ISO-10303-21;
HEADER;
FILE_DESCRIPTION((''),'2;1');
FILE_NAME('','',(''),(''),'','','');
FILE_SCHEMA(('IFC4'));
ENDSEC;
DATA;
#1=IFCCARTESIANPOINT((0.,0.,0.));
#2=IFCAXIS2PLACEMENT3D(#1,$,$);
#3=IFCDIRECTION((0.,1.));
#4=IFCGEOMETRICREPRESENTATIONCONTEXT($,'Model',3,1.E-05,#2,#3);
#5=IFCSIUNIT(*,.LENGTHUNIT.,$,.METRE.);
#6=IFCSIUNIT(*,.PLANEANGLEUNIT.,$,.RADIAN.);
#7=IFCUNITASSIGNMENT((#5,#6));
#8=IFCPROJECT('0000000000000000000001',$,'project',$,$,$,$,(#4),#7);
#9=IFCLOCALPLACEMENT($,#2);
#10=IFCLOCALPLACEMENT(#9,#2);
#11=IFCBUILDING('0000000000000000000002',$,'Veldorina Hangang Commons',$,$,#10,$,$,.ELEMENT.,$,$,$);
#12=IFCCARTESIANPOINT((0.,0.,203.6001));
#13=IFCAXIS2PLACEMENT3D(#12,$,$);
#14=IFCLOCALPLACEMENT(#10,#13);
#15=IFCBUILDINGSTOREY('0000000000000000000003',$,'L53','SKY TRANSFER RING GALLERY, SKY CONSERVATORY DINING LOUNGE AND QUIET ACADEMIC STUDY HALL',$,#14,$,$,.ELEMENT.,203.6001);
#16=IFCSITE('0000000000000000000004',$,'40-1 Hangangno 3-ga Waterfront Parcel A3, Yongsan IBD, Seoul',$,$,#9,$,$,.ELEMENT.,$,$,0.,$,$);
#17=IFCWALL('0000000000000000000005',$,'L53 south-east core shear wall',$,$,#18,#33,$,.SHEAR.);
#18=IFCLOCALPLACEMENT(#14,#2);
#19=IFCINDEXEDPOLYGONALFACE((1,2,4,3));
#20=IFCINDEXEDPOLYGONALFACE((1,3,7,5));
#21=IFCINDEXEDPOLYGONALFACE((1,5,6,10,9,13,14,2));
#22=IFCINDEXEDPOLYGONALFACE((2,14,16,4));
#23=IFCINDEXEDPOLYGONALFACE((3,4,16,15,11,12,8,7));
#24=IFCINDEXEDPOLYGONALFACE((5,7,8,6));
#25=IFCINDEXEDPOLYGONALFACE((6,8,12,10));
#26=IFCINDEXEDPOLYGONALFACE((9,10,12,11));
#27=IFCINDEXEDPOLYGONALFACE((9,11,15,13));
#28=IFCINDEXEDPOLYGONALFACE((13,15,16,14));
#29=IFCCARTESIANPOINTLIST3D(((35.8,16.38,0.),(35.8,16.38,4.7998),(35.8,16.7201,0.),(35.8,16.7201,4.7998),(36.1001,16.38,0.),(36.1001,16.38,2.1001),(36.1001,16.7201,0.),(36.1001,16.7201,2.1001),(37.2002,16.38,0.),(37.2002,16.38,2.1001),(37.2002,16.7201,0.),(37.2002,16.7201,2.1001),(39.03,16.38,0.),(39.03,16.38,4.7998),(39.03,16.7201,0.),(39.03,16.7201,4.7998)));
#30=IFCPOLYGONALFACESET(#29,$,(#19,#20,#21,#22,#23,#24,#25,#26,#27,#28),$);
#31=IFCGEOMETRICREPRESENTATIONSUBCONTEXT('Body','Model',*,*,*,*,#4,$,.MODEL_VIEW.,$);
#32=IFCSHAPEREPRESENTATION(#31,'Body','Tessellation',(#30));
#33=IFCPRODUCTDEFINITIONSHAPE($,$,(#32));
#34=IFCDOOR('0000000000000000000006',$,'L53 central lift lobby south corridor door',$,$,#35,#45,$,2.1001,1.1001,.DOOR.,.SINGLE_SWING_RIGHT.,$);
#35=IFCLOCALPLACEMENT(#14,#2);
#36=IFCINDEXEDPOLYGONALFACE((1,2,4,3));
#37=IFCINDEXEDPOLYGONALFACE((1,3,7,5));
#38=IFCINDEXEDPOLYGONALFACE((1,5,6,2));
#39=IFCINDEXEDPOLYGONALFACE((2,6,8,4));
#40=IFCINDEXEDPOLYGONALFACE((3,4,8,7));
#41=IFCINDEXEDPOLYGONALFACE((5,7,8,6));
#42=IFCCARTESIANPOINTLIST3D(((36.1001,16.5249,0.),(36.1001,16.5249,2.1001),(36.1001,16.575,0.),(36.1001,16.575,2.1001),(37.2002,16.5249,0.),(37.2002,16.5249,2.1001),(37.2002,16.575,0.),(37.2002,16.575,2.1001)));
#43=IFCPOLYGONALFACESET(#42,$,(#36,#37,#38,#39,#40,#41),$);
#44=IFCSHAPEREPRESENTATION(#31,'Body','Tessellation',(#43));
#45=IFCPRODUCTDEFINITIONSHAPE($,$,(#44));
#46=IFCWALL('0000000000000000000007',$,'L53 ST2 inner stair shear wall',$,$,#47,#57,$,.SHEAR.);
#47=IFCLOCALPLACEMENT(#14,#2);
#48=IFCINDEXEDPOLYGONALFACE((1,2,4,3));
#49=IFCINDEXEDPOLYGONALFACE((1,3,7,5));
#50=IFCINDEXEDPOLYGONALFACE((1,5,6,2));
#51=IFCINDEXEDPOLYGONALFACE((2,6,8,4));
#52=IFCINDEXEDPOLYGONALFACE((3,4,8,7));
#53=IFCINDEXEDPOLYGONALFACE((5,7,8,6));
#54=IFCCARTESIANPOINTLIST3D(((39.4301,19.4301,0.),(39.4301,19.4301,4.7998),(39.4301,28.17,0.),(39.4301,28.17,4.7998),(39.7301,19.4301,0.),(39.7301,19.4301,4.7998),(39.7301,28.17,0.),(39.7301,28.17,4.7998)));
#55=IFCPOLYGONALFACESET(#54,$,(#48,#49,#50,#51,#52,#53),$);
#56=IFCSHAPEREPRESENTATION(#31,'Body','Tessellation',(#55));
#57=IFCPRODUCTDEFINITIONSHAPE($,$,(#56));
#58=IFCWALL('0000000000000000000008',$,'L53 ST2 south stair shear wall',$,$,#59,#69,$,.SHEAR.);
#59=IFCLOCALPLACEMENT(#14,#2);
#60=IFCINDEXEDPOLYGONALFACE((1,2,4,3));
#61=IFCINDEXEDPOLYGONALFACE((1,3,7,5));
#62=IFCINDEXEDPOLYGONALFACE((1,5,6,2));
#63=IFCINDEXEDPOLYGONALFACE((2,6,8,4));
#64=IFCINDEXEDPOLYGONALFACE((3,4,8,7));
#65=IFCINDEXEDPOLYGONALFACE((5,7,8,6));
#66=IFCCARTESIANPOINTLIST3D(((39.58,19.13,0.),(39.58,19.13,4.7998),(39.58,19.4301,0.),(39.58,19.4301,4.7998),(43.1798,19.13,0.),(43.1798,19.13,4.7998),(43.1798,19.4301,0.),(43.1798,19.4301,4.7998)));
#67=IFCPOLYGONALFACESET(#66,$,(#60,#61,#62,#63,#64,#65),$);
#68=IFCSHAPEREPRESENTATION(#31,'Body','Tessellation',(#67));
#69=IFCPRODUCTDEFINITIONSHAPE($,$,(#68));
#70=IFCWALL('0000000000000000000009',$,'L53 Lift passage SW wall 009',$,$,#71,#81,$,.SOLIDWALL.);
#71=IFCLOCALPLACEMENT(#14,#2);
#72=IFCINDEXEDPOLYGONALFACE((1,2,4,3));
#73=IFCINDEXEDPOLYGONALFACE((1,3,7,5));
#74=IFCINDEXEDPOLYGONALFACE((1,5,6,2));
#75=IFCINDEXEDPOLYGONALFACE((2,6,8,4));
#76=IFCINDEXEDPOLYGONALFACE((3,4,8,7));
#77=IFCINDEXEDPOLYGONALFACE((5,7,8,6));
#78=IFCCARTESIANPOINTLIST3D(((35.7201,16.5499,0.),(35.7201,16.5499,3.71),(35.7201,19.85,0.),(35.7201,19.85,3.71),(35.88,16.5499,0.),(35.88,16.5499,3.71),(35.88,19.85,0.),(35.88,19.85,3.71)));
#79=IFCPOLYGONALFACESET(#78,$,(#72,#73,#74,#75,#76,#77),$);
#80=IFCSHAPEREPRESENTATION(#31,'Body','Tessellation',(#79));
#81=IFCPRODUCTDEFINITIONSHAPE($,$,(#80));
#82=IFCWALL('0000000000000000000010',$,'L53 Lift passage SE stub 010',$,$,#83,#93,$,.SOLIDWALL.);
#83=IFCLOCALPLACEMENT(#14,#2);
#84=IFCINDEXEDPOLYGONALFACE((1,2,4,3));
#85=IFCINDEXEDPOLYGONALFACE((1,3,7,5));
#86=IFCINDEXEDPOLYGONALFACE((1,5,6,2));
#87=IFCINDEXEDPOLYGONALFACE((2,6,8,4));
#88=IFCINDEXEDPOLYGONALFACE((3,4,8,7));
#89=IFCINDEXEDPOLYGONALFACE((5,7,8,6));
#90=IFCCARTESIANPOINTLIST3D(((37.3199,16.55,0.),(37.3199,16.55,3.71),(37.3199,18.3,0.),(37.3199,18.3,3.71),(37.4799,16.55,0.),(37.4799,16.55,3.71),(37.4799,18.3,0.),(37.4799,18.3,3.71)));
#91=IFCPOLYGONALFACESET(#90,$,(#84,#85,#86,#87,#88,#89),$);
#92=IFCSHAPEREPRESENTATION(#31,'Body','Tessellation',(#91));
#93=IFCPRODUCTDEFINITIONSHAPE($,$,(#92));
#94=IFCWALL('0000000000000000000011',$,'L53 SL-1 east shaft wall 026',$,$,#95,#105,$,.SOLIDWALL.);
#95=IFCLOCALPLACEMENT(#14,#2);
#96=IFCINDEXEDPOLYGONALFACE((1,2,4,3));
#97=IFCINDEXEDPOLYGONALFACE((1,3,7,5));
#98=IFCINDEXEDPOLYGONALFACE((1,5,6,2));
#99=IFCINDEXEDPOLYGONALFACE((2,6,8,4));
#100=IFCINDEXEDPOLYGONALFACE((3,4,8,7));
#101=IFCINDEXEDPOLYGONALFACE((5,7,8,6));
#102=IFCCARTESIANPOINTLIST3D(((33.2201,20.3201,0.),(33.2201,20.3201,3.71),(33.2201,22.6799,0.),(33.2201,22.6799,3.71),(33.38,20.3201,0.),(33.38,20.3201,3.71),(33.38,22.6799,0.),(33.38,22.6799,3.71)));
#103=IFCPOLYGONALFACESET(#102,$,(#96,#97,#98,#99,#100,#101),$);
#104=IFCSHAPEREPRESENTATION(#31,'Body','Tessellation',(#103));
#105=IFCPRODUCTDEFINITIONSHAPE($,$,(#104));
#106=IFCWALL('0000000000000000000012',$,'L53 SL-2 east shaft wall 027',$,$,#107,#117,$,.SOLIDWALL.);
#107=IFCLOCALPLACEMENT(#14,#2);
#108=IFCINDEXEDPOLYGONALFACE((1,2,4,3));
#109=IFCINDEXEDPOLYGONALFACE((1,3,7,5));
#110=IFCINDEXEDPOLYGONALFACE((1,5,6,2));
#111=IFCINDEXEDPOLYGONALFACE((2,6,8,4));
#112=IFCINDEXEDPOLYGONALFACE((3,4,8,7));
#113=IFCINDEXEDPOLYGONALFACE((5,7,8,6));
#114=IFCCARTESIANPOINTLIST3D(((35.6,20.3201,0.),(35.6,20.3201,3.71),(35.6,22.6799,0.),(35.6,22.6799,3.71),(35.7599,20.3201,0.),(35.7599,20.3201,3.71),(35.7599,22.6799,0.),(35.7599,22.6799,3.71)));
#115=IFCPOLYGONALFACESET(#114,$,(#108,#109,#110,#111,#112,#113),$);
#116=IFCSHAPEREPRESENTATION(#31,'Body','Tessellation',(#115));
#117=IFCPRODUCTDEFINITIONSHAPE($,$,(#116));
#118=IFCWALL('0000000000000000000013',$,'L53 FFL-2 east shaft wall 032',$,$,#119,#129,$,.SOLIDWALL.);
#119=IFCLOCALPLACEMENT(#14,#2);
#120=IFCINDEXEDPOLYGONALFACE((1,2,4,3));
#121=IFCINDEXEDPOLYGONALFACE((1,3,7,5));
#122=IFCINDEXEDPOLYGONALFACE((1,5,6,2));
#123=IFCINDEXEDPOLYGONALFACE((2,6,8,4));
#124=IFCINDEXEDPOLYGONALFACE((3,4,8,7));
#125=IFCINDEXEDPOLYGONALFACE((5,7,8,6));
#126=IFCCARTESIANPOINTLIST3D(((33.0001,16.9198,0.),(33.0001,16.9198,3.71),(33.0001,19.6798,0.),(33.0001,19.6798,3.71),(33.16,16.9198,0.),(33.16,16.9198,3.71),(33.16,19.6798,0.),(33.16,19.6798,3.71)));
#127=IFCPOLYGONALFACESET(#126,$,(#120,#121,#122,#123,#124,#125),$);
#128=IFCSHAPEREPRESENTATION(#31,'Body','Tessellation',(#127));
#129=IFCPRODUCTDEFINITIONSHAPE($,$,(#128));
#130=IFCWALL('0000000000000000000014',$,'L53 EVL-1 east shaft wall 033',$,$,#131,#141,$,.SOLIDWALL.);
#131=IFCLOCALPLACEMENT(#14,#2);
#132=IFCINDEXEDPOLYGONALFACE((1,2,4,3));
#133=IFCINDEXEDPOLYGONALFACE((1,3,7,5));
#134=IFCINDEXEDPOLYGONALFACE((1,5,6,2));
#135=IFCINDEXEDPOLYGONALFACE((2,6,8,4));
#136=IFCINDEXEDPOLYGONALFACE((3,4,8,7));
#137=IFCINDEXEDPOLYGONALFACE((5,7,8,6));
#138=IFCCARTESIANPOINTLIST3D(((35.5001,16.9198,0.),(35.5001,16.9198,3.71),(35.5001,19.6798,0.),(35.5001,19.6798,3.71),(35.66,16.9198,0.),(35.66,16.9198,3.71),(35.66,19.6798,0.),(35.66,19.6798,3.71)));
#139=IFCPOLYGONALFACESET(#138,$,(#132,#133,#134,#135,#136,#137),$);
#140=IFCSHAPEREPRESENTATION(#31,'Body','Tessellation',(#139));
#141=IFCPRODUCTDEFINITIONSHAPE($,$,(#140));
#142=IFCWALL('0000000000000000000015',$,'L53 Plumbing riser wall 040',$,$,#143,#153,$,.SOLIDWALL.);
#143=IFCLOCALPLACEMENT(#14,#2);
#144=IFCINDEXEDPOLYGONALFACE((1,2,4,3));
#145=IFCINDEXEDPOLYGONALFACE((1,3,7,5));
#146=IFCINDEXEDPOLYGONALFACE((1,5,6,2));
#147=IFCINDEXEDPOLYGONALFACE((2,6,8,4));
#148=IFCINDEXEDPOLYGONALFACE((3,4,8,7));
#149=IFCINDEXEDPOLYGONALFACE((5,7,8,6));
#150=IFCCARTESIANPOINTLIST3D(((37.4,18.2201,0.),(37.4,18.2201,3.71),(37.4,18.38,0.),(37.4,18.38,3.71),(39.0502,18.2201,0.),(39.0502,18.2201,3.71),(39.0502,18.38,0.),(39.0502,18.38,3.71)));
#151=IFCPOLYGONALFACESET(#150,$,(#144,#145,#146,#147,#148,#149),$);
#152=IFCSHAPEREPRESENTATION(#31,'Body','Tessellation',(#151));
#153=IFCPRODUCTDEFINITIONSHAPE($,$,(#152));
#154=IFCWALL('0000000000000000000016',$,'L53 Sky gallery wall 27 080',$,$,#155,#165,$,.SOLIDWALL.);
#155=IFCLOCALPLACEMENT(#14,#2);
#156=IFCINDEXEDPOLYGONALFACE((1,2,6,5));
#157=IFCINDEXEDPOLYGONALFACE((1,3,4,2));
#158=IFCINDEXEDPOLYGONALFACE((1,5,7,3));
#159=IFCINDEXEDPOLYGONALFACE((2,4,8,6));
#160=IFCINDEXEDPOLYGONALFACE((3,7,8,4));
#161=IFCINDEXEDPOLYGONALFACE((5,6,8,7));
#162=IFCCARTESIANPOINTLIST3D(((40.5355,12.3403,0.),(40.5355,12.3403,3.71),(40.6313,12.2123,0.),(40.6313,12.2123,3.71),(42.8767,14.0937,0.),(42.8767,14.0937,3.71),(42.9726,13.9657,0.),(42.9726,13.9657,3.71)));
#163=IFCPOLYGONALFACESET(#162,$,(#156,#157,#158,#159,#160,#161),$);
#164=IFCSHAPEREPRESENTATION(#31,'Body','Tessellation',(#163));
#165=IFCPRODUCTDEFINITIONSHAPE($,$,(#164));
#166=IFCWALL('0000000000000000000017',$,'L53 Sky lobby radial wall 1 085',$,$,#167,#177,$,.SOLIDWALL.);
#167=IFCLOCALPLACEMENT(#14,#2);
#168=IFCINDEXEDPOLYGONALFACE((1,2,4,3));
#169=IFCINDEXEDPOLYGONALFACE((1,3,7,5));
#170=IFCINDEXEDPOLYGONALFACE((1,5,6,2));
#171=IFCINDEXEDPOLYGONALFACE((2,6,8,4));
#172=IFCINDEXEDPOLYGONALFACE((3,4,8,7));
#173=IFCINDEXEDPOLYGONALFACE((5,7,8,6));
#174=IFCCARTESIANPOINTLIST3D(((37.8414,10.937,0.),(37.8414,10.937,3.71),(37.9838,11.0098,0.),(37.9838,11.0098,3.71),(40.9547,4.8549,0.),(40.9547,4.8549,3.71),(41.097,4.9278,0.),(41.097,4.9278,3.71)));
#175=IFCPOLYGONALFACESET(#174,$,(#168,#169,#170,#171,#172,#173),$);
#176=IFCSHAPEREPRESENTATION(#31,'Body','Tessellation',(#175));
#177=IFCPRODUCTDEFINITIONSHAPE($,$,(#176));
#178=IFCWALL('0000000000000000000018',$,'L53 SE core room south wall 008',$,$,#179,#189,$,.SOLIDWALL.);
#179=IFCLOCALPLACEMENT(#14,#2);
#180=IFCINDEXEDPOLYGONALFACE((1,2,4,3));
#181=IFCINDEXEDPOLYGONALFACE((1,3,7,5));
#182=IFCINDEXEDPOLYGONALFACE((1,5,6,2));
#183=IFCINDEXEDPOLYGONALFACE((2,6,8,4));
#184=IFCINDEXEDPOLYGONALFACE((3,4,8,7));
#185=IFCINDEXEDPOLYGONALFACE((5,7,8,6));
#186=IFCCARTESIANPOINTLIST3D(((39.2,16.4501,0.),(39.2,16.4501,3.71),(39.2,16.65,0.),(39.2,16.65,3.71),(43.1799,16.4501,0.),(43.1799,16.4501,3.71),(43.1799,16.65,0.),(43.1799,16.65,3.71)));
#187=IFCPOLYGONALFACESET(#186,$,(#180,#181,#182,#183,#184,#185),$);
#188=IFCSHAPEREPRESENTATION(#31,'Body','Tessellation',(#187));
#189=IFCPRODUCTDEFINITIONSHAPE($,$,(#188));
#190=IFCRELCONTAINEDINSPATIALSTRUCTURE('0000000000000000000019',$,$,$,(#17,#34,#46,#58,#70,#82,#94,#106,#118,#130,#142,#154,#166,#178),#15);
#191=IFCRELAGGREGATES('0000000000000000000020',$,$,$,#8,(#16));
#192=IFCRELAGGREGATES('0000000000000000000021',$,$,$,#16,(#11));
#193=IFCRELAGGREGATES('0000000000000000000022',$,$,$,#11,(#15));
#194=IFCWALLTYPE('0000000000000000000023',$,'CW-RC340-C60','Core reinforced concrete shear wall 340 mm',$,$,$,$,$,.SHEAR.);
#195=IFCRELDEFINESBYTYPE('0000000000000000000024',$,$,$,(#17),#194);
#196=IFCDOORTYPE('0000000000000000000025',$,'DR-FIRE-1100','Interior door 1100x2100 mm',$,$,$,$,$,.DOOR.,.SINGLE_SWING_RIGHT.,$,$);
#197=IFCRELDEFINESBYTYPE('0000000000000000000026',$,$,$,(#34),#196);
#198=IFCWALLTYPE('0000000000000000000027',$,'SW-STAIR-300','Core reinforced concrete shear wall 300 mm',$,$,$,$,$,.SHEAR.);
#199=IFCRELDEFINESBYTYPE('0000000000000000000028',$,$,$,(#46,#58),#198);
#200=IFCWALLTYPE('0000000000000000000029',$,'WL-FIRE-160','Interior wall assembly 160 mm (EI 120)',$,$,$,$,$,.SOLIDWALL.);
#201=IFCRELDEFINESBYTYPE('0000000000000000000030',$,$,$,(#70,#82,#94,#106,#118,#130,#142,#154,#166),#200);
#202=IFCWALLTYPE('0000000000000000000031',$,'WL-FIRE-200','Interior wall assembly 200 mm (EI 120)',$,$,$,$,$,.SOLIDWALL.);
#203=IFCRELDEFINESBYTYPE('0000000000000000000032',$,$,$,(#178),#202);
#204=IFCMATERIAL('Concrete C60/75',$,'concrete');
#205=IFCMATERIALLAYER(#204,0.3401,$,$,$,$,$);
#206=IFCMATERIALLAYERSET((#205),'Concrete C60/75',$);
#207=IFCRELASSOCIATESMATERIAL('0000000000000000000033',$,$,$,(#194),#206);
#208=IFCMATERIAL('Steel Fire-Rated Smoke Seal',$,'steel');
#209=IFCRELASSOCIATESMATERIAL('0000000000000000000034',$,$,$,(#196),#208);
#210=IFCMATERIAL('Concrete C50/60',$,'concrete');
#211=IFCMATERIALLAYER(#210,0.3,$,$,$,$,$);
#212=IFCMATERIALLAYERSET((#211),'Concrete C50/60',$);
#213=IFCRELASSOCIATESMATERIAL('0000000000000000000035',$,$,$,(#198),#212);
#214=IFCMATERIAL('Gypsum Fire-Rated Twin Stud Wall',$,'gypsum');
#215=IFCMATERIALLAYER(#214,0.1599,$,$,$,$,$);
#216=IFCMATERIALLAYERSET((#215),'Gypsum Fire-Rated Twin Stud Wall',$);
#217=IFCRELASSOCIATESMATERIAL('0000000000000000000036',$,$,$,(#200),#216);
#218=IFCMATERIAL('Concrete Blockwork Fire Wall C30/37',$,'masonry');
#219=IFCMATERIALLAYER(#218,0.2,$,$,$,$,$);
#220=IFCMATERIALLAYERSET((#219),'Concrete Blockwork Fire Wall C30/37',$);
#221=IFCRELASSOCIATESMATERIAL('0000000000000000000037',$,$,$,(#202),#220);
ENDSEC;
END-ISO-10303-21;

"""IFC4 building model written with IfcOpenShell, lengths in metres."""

from ifc_helpers import new_model, si_unit, direction, frame, frame_2d, origin, place, context, subcontext, project, spatial, rectangle, extrude, material, layer, layer_set, type_object, element, fill, save


model = new_model("IFC4")

# Units and contexts
model_context = context("Model", 3, precision=1e-05, world=origin(), true_north=direction((0.0, 1.0)))
body_context = subcontext(model_context, "Body", "Model", "MODEL_VIEW")
ifc_project = project(units=[si_unit("LENGTHUNIT", "METRE"), si_unit("PLANEANGLEUNIT", "RADIAN")], contexts=[model_context])

# Site, building, storey
site_placement = place(None, origin())
site = spatial("IfcSite", under=ifc_project, at=site_placement, Name="40-1 Hangangno 3-ga Waterfront Parcel A3, Yongsan IBD, Seoul", CompositionType="ELEMENT", RefElevation=0.0)
building_placement = place(site_placement, origin())
building = spatial("IfcBuilding", under=site, at=building_placement, Name="Veldorina Hangang Commons", CompositionType="ELEMENT")
storey_placement = place(building_placement, frame((0.0, 0.0, 203.6001)))
storey = spatial("IfcBuildingStorey", under=building, at=storey_placement, Name="L53", Description="SKY TRANSFER RING GALLERY, SKY CONSERVATORY DINING LOUNGE AND QUIET ACADEMIC STUDY HALL", CompositionType="ELEMENT", Elevation=203.6001)

# Shared definitions
ifc_material_1 = material(Name="Concrete C60/75", Category="concrete")

# Shared definitions
ifc_layer_1 = layer(ifc_material_1, 0.3401)
ifc_layer_set_1 = layer_set([ifc_layer_1], Name="Concrete C60/75")
wall_type_1 = type_object("IfcWallType", Name="CW-RC340-C60", Description="Core reinforced concrete shear wall 340 mm", PredefinedType="SHEAR", material=ifc_layer_set_1)

# Wall, opening, door
wall_1_placement = place(storey_placement, frame((35.8, 16.55, 0.0), z_axis=(0.0, 0.0, 1.0), x_axis=(1.0, 0.0, 0.0)))
wall_1 = element("IfcWall", 1, at=wall_1_placement, inside=storey, type_object=wall_type_1, Name="L53 south-east core shear wall", PredefinedType="SHEAR", context=body_context, shape_type="SweptSolid", body=[
    extrude(rectangle(XDim=3.23, YDim=0.3401, at=frame_2d((1.615, 0.0))), origin(), (0.0, 0.0, 1.0), 4.7998),
])
opening_1_placement = place(wall_1_placement, frame((0.3, 0.0, 0.0)))
opening_1 = element("IfcOpeningElement", 2, at=opening_1_placement, cuts=wall_1, PredefinedType="OPENING", context=body_context, shape_type="SweptSolid", body=[
    extrude(rectangle(XDim=1.1001, YDim=2.1001, at=frame_2d((0.55, 1.05))), frame((0.0, 0.1802, 0.0), z_axis=(0.0, -1.0, 0.0), x_axis=(1.0, 0.0, 0.0)), (0.0, 0.0, 1.0), 0.3601),
])
ifc_material_2 = material(Name="Steel Fire-Rated Smoke Seal", Category="steel")
door_type_1 = type_object("IfcDoorType", Name="DR-FIRE-1100", Description="Interior door 1100x2100 mm", OperationType="SINGLE_SWING_RIGHT", PredefinedType="DOOR", material=ifc_material_2)
door_1_placement = place(opening_1_placement, origin())
door_1 = element("IfcDoor", 3, at=door_1_placement, inside=storey, type_object=door_type_1, Name="L53 central lift lobby south corridor door", OperationType="SINGLE_SWING_RIGHT", OverallHeight=2.1001, OverallWidth=1.1001, PredefinedType="DOOR", context=body_context, shape_type="SweptSolid", body=[
    extrude(rectangle(XDim=1.1001, YDim=2.1001, at=frame_2d((0.55, 1.05))), frame((0.0, 0.0249, 0.0), z_axis=(0.0, -1.0, 0.0), x_axis=(1.0, 0.0, 0.0)), (0.0, 0.0, 1.0), 0.05),
])
fill(opening_1, door_1)

# Walls
ifc_material_3 = material(Name="Concrete C50/60", Category="concrete")
ifc_layer_2 = layer(ifc_material_3, 0.3)
ifc_layer_set_2 = layer_set([ifc_layer_2], Name="Concrete C50/60")
wall_type_2 = type_object("IfcWallType", Name="SW-STAIR-300", Description="Core reinforced concrete shear wall 300 mm", PredefinedType="SHEAR", material=ifc_layer_set_2)
wall_2_placement = place(storey_placement, frame((39.5801, 19.4299, 0.0), z_axis=(0.0, 0.0, 1.0), x_axis=(0.0, 1.0, 0.0)))
element("IfcWall", 4, at=wall_2_placement, inside=storey, type_object=wall_type_2, Name="L53 ST2 inner stair shear wall", PredefinedType="SHEAR", context=body_context, shape_type="SweptSolid", body=[
    extrude(rectangle(XDim=8.74, YDim=0.3, at=frame_2d((4.3701, 0.0))), origin(), (0.0, 0.0, 1.0), 4.7998),
])
wall_3_placement = place(storey_placement, frame((39.5801, 19.28, 0.0), z_axis=(0.0, 0.0, 1.0), x_axis=(1.0, 0.0, 0.0)))
element("IfcWall", 5, at=wall_3_placement, inside=storey, type_object=wall_type_2, Name="L53 ST2 south stair shear wall", PredefinedType="SHEAR", context=body_context, shape_type="SweptSolid", body=[
    extrude(rectangle(XDim=3.5999, YDim=0.3, at=frame_2d((1.7998, 0.0))), origin(), (0.0, 0.0, 1.0), 4.7998),
])
ifc_material_4 = material(Name="Gypsum Fire-Rated Twin Stud Wall", Category="gypsum")
ifc_layer_3 = layer(ifc_material_4, 0.1599)
ifc_layer_set_3 = layer_set([ifc_layer_3], Name="Gypsum Fire-Rated Twin Stud Wall")
wall_type_3 = type_object("IfcWallType", Name="WL-FIRE-160", Description="Interior wall assembly 160 mm (EI 120)", PredefinedType="SOLIDWALL", material=ifc_layer_set_3)
wall_4_placement = place(storey_placement, frame((35.8, 16.55, 0.0), z_axis=(0.0, 0.0, 1.0), x_axis=(0.0, 1.0, 0.0)))
element("IfcWall", 6, at=wall_4_placement, inside=storey, type_object=wall_type_3, Name="L53 Lift passage SW wall 009", PredefinedType="SOLIDWALL", context=body_context, shape_type="SweptSolid", body=[
    extrude(rectangle(XDim=3.3, YDim=0.1599, at=frame_2d((1.6499, 0.0))), origin(), (0.0, 0.0, 1.0), 3.71),
])
wall_5_placement = place(storey_placement, frame((37.3999, 16.55, 0.0), z_axis=(0.0, 0.0, 1.0), x_axis=(0.0, 1.0, 0.0)))
element("IfcWall", 7, at=wall_5_placement, inside=storey, type_object=wall_type_3, Name="L53 Lift passage SE stub 010", PredefinedType="SOLIDWALL", context=body_context, shape_type="SweptSolid", body=[
    extrude(rectangle(XDim=1.75, YDim=0.1599, at=frame_2d((0.875, 0.0))), origin(), (0.0, 0.0, 1.0), 3.71),
])
for number, where, z_axis, x_axis, name in (
    (8, (33.3, 20.3201, 0.0), (0.0, 0.0, 1.0), (0.0, 1.0, 0.0), "L53 SL-1 east shaft wall 026"),
    (9, (35.6799, 20.3201, 0.0), (0.0, 0.0, 1.0), (0.0, 1.0, 0.0), "L53 SL-2 east shaft wall 027"),
):
    element("IfcWall", number, at=place(storey_placement, frame(where, z_axis=z_axis, x_axis=x_axis)), inside=storey, type_object=wall_type_3, Name=name, PredefinedType="SOLIDWALL", context=body_context, shape_type="SweptSolid", body=[
        extrude(rectangle(XDim=2.3599, YDim=0.1599, at=frame_2d((1.1799, 0.0))), origin(), (0.0, 0.0, 1.0), 3.71),
    ])
for number, where, z_axis, x_axis, name in (
    (10, (33.0801, 16.9199, 0.0), (0.0, 0.0, 1.0), (0.0, 1.0, 0.0), "L53 FFL-2 east shaft wall 032"),
    (11, (35.5801, 16.9199, 0.0), (0.0, 0.0, 1.0), (0.0, 1.0, 0.0), "L53 EVL-1 east shaft wall 033"),
):
    element("IfcWall", number, at=place(storey_placement, frame(where, z_axis=z_axis, x_axis=x_axis)), inside=storey, type_object=wall_type_3, Name=name, PredefinedType="SOLIDWALL", context=body_context, shape_type="SweptSolid", body=[
        extrude(rectangle(XDim=2.76, YDim=0.1599, at=frame_2d((1.3799, 0.0))), origin(), (0.0, 0.0, 1.0), 3.71),
    ])
wall_6_placement = place(storey_placement, frame((37.3999, 18.3, 0.0), z_axis=(0.0, 0.0, 1.0), x_axis=(1.0, 0.0, 0.0)))
element("IfcWall", 12, at=wall_6_placement, inside=storey, type_object=wall_type_3, Name="L53 Plumbing riser wall 040", PredefinedType="SOLIDWALL", context=body_context, shape_type="SweptSolid", body=[
    extrude(rectangle(XDim=1.6501, YDim=0.1599, at=frame_2d((0.8252, 0.0))), origin(), (0.0, 0.0, 1.0), 3.71),
])
wall_7_placement = place(storey_placement, frame((40.5835, 12.2764, 0.0), z_axis=(0.0, 0.0, 1.0), x_axis=(0.80042, 0.599439, 0.0)))
element("IfcWall", 13, at=wall_7_placement, inside=storey, type_object=wall_type_3, Name="L53 Sky gallery wall 27 080", PredefinedType="SOLIDWALL", context=body_context, shape_type="SweptSolid", body=[
    extrude(rectangle(XDim=2.925, YDim=0.1599, at=frame_2d((1.4624, 0.0))), origin(), (0.0, 0.0, 1.0), 3.71),
])
wall_8_placement = place(storey_placement, frame((37.9126, 10.9734, 0.0), z_axis=(0.0, 0.0, 1.0), x_axis=(0.455655, -0.890156, 0.0)))
element("IfcWall", 14, at=wall_8_placement, inside=storey, type_object=wall_type_3, Name="L53 Sky lobby radial wall 1 085", PredefinedType="SOLIDWALL", context=body_context, shape_type="SweptSolid", body=[
    extrude(rectangle(XDim=6.8325, YDim=0.1599, at=frame_2d((3.4163, 0.0))), origin(), (0.0, 0.0, 1.0), 3.71),
])
ifc_material_5 = material(Name="Concrete Blockwork Fire Wall C30/37", Category="masonry")
ifc_layer_4 = layer(ifc_material_5, 0.2)
ifc_layer_set_4 = layer_set([ifc_layer_4], Name="Concrete Blockwork Fire Wall C30/37")
wall_type_4 = type_object("IfcWallType", Name="WL-FIRE-200", Description="Interior wall assembly 200 mm (EI 120)", PredefinedType="SOLIDWALL", material=ifc_layer_set_4)
wall_9_placement = place(storey_placement, frame((39.2, 16.55, 0.0), z_axis=(0.0, 0.0, 1.0), x_axis=(1.0, 0.0, 0.0)))
element("IfcWall", 15, at=wall_9_placement, inside=storey, type_object=wall_type_4, Name="L53 SE core room south wall 008", PredefinedType="SOLIDWALL", context=body_context, shape_type="SweptSolid", body=[
    extrude(rectangle(XDim=3.98, YDim=0.2, at=frame_2d((1.99, 0.0))), origin(), (0.0, 0.0, 1.0), 3.71),
])

save(model, "model.ifc")
